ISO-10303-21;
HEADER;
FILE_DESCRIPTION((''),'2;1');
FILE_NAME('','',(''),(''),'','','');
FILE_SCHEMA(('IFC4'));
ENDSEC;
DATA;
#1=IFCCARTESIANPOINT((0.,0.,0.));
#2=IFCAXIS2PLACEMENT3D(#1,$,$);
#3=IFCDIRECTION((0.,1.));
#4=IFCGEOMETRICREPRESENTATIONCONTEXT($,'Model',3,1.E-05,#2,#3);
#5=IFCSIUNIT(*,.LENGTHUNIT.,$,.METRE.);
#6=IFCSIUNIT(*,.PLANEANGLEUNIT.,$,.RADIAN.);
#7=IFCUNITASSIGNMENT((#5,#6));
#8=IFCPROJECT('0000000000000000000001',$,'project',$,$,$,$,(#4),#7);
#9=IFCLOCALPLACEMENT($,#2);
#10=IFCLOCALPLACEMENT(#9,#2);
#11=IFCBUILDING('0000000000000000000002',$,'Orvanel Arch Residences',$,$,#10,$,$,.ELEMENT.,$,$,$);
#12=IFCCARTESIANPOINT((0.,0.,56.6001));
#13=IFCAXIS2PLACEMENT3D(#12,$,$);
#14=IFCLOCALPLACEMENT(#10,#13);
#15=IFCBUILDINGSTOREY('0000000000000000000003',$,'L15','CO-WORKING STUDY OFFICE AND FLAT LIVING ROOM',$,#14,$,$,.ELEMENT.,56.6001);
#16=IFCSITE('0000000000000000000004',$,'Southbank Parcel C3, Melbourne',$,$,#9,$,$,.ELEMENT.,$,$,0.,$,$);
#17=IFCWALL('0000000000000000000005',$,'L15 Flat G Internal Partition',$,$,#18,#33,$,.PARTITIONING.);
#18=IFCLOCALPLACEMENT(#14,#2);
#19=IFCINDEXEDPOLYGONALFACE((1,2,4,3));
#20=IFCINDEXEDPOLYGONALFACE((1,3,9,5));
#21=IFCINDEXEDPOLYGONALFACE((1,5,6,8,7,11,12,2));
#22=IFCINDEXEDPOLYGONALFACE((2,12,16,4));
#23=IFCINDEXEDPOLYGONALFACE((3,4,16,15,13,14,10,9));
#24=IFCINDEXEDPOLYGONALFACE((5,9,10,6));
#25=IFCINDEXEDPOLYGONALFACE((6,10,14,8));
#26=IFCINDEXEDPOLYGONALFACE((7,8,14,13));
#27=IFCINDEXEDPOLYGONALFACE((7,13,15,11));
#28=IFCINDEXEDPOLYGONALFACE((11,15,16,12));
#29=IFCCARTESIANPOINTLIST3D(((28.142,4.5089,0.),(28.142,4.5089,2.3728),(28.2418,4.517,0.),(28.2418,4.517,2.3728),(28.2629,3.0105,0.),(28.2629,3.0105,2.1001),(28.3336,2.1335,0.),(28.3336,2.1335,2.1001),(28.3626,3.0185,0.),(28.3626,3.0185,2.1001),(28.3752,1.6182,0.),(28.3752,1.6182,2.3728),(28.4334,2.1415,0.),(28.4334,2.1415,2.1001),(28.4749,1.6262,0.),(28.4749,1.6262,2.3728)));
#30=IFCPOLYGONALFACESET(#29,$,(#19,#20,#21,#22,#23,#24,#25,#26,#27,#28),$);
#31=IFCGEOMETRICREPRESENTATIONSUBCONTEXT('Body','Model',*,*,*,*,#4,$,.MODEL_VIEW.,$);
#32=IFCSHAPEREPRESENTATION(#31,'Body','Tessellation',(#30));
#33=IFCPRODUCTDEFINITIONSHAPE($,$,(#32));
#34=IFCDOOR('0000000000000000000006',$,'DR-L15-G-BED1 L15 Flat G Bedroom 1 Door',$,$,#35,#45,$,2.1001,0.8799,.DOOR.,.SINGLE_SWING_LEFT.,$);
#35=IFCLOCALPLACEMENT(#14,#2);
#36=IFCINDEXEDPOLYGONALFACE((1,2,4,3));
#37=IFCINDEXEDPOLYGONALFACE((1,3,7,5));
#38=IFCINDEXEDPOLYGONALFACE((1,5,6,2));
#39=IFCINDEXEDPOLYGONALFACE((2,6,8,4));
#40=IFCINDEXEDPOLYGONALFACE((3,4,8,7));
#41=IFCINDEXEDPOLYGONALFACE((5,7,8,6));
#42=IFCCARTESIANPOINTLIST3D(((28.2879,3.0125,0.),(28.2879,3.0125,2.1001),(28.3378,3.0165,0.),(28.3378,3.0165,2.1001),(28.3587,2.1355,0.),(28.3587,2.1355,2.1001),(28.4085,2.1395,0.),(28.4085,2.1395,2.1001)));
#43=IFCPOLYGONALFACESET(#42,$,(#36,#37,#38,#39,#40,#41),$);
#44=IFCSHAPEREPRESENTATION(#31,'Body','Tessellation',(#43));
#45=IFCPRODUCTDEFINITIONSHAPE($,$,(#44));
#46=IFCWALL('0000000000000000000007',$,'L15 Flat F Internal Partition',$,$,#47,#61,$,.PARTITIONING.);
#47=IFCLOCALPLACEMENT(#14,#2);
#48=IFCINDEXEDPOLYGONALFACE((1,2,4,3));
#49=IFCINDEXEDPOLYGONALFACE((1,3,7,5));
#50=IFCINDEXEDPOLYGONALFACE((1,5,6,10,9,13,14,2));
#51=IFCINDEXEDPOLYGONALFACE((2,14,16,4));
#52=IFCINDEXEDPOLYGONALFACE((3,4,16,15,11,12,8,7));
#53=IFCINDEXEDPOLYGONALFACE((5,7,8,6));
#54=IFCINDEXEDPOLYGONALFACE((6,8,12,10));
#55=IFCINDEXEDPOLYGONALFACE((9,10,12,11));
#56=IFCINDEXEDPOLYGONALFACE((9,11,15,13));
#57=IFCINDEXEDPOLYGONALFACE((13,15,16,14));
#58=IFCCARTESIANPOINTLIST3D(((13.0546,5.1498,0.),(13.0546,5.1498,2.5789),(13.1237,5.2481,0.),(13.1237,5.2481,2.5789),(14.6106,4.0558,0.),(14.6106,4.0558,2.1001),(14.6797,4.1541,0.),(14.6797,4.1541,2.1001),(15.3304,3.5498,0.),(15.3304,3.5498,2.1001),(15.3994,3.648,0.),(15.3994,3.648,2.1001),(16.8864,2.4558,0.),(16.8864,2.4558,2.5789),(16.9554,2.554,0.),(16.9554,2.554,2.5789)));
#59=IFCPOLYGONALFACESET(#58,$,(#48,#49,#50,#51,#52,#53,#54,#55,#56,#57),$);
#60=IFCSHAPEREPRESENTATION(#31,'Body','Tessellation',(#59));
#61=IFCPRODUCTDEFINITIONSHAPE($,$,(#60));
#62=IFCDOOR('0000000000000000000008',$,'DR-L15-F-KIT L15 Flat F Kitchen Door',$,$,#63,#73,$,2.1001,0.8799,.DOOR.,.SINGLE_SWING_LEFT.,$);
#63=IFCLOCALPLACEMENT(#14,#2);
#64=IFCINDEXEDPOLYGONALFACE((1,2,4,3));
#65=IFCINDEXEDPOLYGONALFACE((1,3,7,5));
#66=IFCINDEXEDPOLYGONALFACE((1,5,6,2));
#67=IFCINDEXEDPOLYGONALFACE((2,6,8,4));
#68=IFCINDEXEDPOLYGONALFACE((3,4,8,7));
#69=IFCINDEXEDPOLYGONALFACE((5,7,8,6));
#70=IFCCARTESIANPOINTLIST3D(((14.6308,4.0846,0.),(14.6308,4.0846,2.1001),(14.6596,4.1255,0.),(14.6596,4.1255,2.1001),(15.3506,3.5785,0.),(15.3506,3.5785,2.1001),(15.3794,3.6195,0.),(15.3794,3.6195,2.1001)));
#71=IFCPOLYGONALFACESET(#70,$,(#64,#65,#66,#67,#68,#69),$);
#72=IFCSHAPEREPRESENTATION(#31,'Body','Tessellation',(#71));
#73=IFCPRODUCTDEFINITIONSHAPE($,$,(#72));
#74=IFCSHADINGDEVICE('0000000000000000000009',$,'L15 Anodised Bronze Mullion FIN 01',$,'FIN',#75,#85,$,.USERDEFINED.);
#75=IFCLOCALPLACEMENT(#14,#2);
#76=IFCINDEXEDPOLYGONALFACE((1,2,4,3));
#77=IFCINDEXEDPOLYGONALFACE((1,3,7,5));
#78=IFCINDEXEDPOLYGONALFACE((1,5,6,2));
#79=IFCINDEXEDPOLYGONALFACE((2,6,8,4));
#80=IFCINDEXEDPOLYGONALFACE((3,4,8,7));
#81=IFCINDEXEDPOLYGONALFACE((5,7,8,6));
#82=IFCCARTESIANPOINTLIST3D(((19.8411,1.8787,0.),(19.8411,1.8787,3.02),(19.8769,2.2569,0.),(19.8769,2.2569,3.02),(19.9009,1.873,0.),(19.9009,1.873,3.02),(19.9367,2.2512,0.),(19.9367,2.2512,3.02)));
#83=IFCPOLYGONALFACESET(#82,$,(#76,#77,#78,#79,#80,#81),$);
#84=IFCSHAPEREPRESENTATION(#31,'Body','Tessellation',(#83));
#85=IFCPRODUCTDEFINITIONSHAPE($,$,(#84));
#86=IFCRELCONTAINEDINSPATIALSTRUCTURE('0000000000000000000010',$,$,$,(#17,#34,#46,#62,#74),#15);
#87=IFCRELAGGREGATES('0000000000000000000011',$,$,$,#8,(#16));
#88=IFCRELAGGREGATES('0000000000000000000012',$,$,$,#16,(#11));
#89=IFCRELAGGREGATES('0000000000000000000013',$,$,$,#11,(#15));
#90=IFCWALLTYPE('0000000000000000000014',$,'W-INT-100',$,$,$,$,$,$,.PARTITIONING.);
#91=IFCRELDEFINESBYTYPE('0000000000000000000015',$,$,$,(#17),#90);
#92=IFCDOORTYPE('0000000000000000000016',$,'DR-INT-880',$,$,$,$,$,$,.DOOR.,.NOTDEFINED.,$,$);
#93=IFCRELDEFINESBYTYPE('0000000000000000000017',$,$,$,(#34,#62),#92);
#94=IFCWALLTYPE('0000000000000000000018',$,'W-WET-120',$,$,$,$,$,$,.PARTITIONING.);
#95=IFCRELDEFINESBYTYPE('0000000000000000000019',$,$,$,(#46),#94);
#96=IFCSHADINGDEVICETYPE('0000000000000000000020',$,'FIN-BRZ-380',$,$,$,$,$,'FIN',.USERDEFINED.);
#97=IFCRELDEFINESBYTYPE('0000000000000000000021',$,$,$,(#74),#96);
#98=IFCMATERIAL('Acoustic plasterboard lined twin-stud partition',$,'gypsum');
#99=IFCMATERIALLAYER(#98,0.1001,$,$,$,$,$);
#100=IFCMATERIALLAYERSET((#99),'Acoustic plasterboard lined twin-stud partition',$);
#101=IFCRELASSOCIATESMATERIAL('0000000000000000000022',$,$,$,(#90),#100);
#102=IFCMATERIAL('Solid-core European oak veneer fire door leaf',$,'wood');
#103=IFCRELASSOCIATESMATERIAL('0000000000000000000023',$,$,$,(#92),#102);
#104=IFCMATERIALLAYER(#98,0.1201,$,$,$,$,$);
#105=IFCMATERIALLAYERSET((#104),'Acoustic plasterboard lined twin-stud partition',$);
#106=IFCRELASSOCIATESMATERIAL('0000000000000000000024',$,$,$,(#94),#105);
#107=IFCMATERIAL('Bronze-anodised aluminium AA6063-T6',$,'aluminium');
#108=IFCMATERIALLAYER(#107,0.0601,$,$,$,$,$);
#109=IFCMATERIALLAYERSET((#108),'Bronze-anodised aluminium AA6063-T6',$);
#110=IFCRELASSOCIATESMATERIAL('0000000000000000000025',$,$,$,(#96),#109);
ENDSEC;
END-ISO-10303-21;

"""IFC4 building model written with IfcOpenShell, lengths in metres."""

from ifc_helpers import new_model, si_unit, direction, frame, frame_2d, origin, origin_2d, place, context, subcontext, project, spatial, rectangle, extrude, material, layer, layer_set, type_object, element, fill, save


model = new_model("IFC4")

# Units and contexts
model_context = context("Model", 3, precision=1e-05, world=origin(), true_north=direction((0.0, 1.0)))
body_context = subcontext(model_context, "Body", "Model", "MODEL_VIEW")
ifc_project = project(units=[si_unit("LENGTHUNIT", "METRE"), si_unit("PLANEANGLEUNIT", "RADIAN")], contexts=[model_context])

# Site, building, storey
site_placement = place(None, origin())
site = spatial("IfcSite", under=ifc_project, at=site_placement, Name="Southbank Parcel C3, Melbourne", CompositionType="ELEMENT", RefElevation=0.0)
building_placement = place(site_placement, origin())
building = spatial("IfcBuilding", under=site, at=building_placement, Name="Orvanel Arch Residences", CompositionType="ELEMENT")
storey_placement = place(building_placement, frame((0.0, 0.0, 56.6001)))
storey = spatial("IfcBuildingStorey", under=building, at=storey_placement, Name="L15", Description="CO-WORKING STUDY OFFICE AND FLAT LIVING ROOM", CompositionType="ELEMENT", Elevation=56.6001)

# Shared definitions
ifc_material_1 = material(Name="Bronze-anodised aluminium AA6063-T6", Category="aluminium")

# Walls, openings, doors
ifc_material_2 = material(Name="Acoustic plasterboard lined twin-stud partition", Category="gypsum")
ifc_layer_1 = layer(ifc_material_2, 0.1001)
ifc_layer_set_1 = layer_set([ifc_layer_1], Name="Acoustic plasterboard lined twin-stud partition")
wall_type_1 = type_object("IfcWallType", Name="W-INT-100", PredefinedType="PARTITIONING", material=ifc_layer_set_1)
wall_1_placement = place(storey_placement, frame((28.425, 1.6221, 0.0), z_axis=(0.0, 0.0, 1.0), x_axis=(-0.080391, 0.996763, 0.0)))
wall_1 = element("IfcWall", 1, at=wall_1_placement, inside=storey, type_object=wall_type_1, Name="L15 Flat G Internal Partition", PredefinedType="PARTITIONING", context=body_context, shape_type="SweptSolid", body=[
    extrude(rectangle(XDim=2.9001, YDim=0.1001, at=frame_2d((1.4502, 0.0))), origin(), (0.0, 0.0, 1.0), 2.3728),
])
opening_1_placement = place(wall_1_placement, frame((0.5171, 0.0, 0.0)))
opening_1 = element("IfcOpeningElement", 2, at=opening_1_placement, cuts=wall_1, PredefinedType="OPENING", context=body_context, shape_type="SweptSolid", body=[
    extrude(rectangle(XDim=0.8799, YDim=2.1001, at=frame_2d((0.4399, 1.05))), frame((0.0, 0.0601, 0.0), z_axis=(0.0, -1.0, 0.0), x_axis=(1.0, 0.0, 0.0)), (0.0, 0.0, 1.0), 0.1201),
])
ifc_material_3 = material(Name="Solid-core European oak veneer fire door leaf", Category="wood")
door_type = type_object("IfcDoorType", Name="DR-INT-880", OperationType="NOTDEFINED", PredefinedType="DOOR", material=ifc_material_3)
door_1_placement = place(opening_1_placement, origin())
door_1 = element("IfcDoor", 3, at=door_1_placement, inside=storey, type_object=door_type, Name="DR-L15-G-BED1 L15 Flat G Bedroom 1 Door", OperationType="SINGLE_SWING_LEFT", OverallHeight=2.1001, OverallWidth=0.8799, PredefinedType="DOOR", context=body_context, shape_type="SweptSolid", body=[
    extrude(rectangle(XDim=0.8799, YDim=2.1001, at=frame_2d((0.4399, 1.05))), frame((0.0, 0.0249, 0.0), z_axis=(0.0, -1.0, 0.0), x_axis=(1.0, 0.0, 0.0)), (0.0, 0.0, 1.0), 0.05),
])
fill(opening_1, door_1)
ifc_layer_2 = layer(ifc_material_2, 0.1201)
ifc_layer_set_2 = layer_set([ifc_layer_2], Name="Acoustic plasterboard lined twin-stud partition")
wall_type_2 = type_object("IfcWallType", Name="W-WET-120", PredefinedType="PARTITIONING", material=ifc_layer_set_2)
wall_2_placement = place(storey_placement, frame((16.9209, 2.5049, 0.0), z_axis=(0.0, 0.0, 1.0), x_axis=(-0.818043, 0.575158, 0.0)))
wall_2 = element("IfcWall", 4, at=wall_2_placement, inside=storey, type_object=wall_type_2, Name="L15 Flat F Internal Partition", PredefinedType="PARTITIONING", context=body_context, shape_type="SweptSolid", body=[
    extrude(rectangle(XDim=4.6841, YDim=0.1201, at=frame_2d((2.342, 0.0))), origin(), (0.0, 0.0, 1.0), 2.5789),
])
opening_2_placement = place(wall_2_placement, frame((1.9021, 0.0, 0.0)))
opening_2 = element("IfcOpeningElement", 5, at=opening_2_placement, cuts=wall_2, PredefinedType="OPENING", context=body_context, shape_type="SweptSolid", body=[
    extrude(rectangle(XDim=0.8799, YDim=2.1001, at=frame_2d((0.4399, 1.05))), frame((0.0, 0.0701, 0.0), z_axis=(0.0, -1.0, 0.0), x_axis=(1.0, 0.0, 0.0)), (0.0, 0.0, 1.0), 0.1401),
])
door_2_placement = place(opening_2_placement, origin())
door_2 = element("IfcDoor", 6, at=door_2_placement, inside=storey, type_object=door_type, Name="DR-L15-F-KIT L15 Flat F Kitchen Door", OperationType="SINGLE_SWING_LEFT", OverallHeight=2.1001, OverallWidth=0.8799, PredefinedType="DOOR", context=body_context, shape_type="SweptSolid", body=[
    extrude(rectangle(XDim=0.8799, YDim=2.1001, at=frame_2d((0.4399, 1.05))), frame((0.0, 0.0249, 0.0), z_axis=(0.0, -1.0, 0.0), x_axis=(1.0, 0.0, 0.0)), (0.0, 0.0, 1.0), 0.05),
])
fill(opening_2, door_2)

# Shading device
ifc_layer_3 = layer(ifc_material_1, 0.0601)
ifc_layer_set_3 = layer_set([ifc_layer_3], Name="Bronze-anodised aluminium AA6063-T6")
shading_device_type = type_object("IfcShadingDeviceType", Name="FIN-BRZ-380", ElementType="FIN", PredefinedType="USERDEFINED", material=ifc_layer_set_3)
shading_device_placement = place(storey_placement, frame((19.8889, 2.0649, 0.0), z_axis=(0.0, 0.0, 1.0), x_axis=(-0.094108, -0.995562, 0.0)))
element("IfcShadingDevice", 7, at=shading_device_placement, inside=storey, type_object=shading_device_type, Name="L15 Anodised Bronze Mullion FIN 01", ObjectType="FIN", PredefinedType="USERDEFINED", context=body_context, shape_type="SweptSolid", body=[
    extrude(rectangle(XDim=0.3799, YDim=0.0601, at=origin_2d()), origin(), (0.0, 0.0, 1.0), 3.02),
])

save(model, "model.ifc")
